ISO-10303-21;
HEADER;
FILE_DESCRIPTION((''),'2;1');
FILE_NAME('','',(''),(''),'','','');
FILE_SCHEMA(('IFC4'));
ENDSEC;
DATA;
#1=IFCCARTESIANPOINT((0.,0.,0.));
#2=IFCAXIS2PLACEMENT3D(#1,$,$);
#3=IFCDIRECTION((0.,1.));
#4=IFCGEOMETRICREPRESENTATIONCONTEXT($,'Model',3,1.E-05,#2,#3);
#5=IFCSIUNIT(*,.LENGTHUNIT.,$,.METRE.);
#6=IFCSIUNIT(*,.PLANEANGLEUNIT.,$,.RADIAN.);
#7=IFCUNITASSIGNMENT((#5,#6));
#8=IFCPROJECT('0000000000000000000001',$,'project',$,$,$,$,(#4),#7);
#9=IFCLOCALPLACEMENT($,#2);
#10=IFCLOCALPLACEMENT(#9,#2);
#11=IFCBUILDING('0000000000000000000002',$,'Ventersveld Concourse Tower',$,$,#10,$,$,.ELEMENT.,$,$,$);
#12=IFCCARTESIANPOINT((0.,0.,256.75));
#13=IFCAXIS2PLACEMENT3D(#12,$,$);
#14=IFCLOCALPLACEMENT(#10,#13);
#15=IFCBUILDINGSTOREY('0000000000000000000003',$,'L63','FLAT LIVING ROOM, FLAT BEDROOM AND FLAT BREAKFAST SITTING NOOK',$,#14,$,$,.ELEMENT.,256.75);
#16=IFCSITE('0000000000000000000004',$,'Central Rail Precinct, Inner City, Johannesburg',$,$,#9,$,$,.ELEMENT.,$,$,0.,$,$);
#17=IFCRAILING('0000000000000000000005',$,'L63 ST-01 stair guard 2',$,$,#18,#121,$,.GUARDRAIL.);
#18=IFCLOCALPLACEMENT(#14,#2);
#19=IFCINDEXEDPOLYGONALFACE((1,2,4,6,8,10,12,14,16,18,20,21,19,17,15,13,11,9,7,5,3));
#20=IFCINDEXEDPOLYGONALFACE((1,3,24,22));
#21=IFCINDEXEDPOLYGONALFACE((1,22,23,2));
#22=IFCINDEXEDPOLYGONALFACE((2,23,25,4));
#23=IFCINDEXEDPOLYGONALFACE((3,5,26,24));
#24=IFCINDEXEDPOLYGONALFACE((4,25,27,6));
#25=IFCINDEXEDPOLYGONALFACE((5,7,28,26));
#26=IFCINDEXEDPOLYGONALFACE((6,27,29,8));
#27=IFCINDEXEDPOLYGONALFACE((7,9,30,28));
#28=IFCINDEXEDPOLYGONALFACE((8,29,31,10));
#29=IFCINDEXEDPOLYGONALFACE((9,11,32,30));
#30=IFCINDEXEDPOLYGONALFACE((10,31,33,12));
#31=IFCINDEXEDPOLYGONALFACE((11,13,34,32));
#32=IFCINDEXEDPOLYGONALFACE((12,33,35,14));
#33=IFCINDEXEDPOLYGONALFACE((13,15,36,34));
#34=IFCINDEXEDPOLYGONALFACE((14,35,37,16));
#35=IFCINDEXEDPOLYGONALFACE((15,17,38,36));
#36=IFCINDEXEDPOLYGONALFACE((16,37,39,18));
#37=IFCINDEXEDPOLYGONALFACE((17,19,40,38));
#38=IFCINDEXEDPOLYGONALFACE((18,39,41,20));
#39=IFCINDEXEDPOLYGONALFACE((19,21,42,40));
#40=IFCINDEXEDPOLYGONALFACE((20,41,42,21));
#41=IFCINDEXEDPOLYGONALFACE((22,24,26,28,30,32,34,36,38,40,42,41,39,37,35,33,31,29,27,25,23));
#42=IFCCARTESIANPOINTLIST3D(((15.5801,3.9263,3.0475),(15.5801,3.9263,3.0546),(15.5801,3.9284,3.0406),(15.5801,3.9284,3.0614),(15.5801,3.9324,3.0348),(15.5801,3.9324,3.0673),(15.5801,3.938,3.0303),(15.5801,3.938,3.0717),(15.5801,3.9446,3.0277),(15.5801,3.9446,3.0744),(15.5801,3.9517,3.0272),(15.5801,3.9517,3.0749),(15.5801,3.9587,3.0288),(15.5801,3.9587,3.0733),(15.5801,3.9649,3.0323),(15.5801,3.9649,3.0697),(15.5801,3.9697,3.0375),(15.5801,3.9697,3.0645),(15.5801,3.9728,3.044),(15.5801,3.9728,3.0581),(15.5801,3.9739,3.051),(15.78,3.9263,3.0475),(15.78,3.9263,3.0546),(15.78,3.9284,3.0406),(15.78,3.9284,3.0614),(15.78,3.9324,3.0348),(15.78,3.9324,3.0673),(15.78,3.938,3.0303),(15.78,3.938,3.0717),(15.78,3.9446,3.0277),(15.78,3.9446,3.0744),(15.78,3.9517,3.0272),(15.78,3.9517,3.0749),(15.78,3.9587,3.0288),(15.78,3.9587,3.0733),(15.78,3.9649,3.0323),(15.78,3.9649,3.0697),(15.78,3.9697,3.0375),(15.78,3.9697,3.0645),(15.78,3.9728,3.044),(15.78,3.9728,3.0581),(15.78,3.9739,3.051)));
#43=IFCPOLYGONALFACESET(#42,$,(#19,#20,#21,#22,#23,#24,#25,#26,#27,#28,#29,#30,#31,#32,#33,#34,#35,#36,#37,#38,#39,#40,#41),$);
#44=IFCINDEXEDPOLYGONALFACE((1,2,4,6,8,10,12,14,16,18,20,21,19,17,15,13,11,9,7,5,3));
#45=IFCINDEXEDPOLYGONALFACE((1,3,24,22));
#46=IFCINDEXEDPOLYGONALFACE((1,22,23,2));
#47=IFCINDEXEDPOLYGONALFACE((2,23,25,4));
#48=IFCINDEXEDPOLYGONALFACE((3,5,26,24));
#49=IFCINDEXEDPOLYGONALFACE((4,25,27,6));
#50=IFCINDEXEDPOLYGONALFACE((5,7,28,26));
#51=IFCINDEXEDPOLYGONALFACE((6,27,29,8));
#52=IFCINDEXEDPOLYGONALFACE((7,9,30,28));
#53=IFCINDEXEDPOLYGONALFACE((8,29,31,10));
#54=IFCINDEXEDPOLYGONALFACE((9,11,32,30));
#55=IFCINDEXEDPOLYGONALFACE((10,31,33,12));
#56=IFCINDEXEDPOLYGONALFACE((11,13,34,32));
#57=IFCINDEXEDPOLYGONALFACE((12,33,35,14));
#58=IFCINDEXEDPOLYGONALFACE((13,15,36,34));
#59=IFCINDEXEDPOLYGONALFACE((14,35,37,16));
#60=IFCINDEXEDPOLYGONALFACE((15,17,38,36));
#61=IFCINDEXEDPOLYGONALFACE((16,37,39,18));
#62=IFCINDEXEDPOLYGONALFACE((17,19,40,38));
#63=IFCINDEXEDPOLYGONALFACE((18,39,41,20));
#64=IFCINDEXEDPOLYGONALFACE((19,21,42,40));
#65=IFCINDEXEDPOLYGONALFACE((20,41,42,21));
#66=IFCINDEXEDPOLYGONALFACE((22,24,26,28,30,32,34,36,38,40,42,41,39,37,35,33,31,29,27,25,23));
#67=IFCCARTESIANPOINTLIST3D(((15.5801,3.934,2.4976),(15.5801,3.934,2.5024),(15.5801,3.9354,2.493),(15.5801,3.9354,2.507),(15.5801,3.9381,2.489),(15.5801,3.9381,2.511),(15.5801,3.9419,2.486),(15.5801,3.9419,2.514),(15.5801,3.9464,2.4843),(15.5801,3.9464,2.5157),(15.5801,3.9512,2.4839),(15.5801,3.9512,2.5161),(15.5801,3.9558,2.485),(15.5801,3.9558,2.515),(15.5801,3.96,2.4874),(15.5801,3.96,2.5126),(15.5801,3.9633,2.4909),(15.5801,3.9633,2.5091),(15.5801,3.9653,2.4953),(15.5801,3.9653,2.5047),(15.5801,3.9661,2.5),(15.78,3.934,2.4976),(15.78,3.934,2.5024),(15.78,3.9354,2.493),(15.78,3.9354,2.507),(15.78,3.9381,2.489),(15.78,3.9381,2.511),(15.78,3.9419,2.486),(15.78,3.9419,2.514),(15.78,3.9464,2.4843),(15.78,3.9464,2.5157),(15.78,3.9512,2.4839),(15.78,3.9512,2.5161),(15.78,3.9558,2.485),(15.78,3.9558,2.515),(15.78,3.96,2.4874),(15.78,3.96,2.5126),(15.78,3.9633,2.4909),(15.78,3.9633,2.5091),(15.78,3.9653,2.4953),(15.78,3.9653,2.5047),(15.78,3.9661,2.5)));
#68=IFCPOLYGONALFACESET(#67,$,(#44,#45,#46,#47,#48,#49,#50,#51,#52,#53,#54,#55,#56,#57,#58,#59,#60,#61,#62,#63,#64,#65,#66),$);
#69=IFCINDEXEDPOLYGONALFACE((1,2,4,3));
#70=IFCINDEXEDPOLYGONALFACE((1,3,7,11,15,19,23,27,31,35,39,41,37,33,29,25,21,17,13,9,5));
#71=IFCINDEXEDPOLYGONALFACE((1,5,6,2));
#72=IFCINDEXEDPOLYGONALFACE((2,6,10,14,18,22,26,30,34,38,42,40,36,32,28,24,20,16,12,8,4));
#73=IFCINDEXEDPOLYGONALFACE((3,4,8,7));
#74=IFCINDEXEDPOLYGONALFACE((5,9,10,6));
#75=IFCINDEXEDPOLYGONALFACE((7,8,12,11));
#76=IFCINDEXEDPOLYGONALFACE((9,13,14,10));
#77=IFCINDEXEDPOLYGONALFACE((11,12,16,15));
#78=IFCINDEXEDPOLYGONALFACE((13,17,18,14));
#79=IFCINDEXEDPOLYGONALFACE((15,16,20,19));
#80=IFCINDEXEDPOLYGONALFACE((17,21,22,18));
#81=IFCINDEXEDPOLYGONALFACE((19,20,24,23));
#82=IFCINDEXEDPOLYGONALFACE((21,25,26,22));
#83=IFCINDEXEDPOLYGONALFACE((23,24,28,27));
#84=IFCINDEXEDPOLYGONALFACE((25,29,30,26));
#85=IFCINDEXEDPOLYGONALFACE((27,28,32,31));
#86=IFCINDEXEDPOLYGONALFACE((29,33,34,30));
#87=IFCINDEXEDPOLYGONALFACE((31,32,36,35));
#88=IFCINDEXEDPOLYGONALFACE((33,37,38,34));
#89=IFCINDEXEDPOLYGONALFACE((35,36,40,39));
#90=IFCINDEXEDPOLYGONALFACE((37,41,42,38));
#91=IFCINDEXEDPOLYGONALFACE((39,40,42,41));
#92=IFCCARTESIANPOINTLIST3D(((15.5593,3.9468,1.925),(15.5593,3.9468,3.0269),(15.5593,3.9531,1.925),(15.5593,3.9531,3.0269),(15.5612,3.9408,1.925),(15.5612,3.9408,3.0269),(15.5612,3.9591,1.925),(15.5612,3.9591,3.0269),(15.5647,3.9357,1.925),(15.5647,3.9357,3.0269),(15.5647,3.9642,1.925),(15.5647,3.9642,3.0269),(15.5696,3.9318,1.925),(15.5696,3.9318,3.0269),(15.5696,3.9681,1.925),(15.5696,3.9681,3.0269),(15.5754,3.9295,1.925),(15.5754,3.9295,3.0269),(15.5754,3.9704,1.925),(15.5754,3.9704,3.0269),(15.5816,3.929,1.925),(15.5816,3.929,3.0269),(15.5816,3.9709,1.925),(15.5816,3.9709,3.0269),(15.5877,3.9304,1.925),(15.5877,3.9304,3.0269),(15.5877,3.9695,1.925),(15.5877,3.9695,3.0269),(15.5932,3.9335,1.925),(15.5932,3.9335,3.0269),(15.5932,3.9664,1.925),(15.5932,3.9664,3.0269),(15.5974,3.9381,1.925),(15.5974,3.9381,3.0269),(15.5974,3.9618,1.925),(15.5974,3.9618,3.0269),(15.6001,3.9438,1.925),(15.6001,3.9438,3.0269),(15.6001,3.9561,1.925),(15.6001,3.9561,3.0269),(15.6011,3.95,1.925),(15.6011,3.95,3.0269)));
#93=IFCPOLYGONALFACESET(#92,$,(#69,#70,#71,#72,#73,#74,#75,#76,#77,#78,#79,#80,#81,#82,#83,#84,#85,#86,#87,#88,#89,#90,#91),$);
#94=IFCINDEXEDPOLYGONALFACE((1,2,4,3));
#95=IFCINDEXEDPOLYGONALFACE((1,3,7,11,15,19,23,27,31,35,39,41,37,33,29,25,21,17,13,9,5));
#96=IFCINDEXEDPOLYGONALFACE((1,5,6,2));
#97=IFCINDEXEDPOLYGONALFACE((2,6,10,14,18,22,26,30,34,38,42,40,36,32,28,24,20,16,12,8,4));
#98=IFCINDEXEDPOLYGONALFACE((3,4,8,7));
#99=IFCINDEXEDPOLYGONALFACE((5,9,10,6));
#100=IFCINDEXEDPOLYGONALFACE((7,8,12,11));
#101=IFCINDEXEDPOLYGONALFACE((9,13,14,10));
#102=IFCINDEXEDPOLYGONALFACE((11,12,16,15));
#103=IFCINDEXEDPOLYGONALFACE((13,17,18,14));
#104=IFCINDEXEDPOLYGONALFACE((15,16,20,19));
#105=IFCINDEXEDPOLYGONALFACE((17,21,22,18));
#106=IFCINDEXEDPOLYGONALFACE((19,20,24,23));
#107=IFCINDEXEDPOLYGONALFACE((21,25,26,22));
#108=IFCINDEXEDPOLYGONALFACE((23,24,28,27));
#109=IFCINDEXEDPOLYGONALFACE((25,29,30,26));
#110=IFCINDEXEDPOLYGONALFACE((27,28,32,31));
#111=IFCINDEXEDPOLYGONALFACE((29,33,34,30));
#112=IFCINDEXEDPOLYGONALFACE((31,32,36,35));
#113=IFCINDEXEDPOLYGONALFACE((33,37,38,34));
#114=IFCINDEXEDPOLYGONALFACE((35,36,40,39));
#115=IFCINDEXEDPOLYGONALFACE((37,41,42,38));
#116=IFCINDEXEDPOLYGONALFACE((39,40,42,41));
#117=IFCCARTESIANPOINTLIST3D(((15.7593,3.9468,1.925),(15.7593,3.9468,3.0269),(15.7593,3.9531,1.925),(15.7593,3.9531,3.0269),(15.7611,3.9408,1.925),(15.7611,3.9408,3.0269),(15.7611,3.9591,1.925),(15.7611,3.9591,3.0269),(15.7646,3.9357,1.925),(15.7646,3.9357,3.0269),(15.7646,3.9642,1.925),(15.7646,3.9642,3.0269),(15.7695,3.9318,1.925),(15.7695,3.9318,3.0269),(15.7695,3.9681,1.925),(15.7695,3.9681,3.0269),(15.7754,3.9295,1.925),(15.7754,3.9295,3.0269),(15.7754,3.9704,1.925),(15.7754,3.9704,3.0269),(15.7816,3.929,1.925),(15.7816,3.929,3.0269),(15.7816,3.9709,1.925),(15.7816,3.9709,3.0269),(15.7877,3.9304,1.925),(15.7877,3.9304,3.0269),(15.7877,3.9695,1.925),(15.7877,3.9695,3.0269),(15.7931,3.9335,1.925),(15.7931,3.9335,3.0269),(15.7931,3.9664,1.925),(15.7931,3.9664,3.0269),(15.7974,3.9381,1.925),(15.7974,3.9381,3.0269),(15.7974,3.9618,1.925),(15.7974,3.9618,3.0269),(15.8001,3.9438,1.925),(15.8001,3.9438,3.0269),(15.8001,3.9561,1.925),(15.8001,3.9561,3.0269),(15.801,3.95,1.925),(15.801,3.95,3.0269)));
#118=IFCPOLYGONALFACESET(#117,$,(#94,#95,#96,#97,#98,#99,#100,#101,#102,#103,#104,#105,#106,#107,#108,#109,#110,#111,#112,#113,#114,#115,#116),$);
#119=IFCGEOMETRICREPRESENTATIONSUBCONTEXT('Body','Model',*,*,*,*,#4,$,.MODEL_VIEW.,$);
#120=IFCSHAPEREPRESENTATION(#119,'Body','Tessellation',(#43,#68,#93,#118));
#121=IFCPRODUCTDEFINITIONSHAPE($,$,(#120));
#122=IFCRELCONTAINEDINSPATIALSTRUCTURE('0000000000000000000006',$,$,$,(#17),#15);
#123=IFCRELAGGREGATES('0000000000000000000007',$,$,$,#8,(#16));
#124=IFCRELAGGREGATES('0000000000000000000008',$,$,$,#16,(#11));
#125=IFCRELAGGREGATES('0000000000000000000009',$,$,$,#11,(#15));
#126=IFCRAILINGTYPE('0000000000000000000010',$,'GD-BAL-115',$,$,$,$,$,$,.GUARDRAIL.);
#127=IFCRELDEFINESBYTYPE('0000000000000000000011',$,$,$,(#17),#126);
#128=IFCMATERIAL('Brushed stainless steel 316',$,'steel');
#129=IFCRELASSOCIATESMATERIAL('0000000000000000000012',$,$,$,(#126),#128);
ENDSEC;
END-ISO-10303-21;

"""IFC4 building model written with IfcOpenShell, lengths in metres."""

from ifc_helpers import new_model, si_unit, direction, frame, origin, origin_2d, place, context, subcontext, project, spatial, circle, extrude, material, type_object, element, save


model = new_model("IFC4")

# Units and contexts
model_context = context("Model", 3, precision=1e-05, world=origin(), true_north=direction((0.0, 1.0)))
body_context = subcontext(model_context, "Body", "Model", "MODEL_VIEW")
ifc_project = project(units=[si_unit("LENGTHUNIT", "METRE"), si_unit("PLANEANGLEUNIT", "RADIAN")], contexts=[model_context])

# Site, building, storey
site_placement = place(None, origin())
site = spatial("IfcSite", under=ifc_project, at=site_placement, Name="Central Rail Precinct, Inner City, Johannesburg", CompositionType="ELEMENT", RefElevation=0.0)
building_placement = place(site_placement, origin())
building = spatial("IfcBuilding", under=site, at=building_placement, Name="Ventersveld Concourse Tower", CompositionType="ELEMENT")
storey_placement = place(building_placement, frame((0.0, 0.0, 256.75)))
storey = spatial("IfcBuildingStorey", under=building, at=storey_placement, Name="L63", Description="FLAT LIVING ROOM, FLAT BEDROOM AND FLAT BREAKFAST SITTING NOOK", CompositionType="ELEMENT", Elevation=256.75)

# Railing
ifc_material_1 = material(Name="Brushed stainless steel 316", Category="steel")
railing_type_1 = type_object("IfcRailingType", Name="GD-BAL-115", PredefinedType="GUARDRAIL", material=ifc_material_1)
railing_1_placement = place(storey_placement, frame((15.5801, 3.95, 1.925)))
element("IfcRailing", 1, at=railing_1_placement, inside=storey, type_object=railing_type_1, Name="L63 ST-01 stair guard 2", PredefinedType="GUARDRAIL", context=body_context, shape_type="SweptSolid", body=[
    extrude(circle(Radius=0.0239, at=origin_2d()), frame((0.0, 0.0, 1.126), z_axis=(1.0, 0.0, 0.0), x_axis=(0.0, 1.0, 0.0)), (0.0, 0.0, 1.0), 0.2),
    extrude(circle(Radius=0.0161, at=origin_2d()), frame((0.0, 0.0, 0.575), z_axis=(1.0, 0.0, 0.0), x_axis=(0.0, 1.0, 0.0)), (0.0, 0.0, 1.0), 0.2),
    extrude(circle(Radius=0.021, at=origin_2d()), origin(), (0.0, 0.0, 1.0), 1.1018),
    extrude(circle(Radius=0.021, at=origin_2d()), frame((0.2, 0.0, 0.0)), (0.0, 0.0, 1.0), 1.1018),
])

save(model, "model.ifc")
